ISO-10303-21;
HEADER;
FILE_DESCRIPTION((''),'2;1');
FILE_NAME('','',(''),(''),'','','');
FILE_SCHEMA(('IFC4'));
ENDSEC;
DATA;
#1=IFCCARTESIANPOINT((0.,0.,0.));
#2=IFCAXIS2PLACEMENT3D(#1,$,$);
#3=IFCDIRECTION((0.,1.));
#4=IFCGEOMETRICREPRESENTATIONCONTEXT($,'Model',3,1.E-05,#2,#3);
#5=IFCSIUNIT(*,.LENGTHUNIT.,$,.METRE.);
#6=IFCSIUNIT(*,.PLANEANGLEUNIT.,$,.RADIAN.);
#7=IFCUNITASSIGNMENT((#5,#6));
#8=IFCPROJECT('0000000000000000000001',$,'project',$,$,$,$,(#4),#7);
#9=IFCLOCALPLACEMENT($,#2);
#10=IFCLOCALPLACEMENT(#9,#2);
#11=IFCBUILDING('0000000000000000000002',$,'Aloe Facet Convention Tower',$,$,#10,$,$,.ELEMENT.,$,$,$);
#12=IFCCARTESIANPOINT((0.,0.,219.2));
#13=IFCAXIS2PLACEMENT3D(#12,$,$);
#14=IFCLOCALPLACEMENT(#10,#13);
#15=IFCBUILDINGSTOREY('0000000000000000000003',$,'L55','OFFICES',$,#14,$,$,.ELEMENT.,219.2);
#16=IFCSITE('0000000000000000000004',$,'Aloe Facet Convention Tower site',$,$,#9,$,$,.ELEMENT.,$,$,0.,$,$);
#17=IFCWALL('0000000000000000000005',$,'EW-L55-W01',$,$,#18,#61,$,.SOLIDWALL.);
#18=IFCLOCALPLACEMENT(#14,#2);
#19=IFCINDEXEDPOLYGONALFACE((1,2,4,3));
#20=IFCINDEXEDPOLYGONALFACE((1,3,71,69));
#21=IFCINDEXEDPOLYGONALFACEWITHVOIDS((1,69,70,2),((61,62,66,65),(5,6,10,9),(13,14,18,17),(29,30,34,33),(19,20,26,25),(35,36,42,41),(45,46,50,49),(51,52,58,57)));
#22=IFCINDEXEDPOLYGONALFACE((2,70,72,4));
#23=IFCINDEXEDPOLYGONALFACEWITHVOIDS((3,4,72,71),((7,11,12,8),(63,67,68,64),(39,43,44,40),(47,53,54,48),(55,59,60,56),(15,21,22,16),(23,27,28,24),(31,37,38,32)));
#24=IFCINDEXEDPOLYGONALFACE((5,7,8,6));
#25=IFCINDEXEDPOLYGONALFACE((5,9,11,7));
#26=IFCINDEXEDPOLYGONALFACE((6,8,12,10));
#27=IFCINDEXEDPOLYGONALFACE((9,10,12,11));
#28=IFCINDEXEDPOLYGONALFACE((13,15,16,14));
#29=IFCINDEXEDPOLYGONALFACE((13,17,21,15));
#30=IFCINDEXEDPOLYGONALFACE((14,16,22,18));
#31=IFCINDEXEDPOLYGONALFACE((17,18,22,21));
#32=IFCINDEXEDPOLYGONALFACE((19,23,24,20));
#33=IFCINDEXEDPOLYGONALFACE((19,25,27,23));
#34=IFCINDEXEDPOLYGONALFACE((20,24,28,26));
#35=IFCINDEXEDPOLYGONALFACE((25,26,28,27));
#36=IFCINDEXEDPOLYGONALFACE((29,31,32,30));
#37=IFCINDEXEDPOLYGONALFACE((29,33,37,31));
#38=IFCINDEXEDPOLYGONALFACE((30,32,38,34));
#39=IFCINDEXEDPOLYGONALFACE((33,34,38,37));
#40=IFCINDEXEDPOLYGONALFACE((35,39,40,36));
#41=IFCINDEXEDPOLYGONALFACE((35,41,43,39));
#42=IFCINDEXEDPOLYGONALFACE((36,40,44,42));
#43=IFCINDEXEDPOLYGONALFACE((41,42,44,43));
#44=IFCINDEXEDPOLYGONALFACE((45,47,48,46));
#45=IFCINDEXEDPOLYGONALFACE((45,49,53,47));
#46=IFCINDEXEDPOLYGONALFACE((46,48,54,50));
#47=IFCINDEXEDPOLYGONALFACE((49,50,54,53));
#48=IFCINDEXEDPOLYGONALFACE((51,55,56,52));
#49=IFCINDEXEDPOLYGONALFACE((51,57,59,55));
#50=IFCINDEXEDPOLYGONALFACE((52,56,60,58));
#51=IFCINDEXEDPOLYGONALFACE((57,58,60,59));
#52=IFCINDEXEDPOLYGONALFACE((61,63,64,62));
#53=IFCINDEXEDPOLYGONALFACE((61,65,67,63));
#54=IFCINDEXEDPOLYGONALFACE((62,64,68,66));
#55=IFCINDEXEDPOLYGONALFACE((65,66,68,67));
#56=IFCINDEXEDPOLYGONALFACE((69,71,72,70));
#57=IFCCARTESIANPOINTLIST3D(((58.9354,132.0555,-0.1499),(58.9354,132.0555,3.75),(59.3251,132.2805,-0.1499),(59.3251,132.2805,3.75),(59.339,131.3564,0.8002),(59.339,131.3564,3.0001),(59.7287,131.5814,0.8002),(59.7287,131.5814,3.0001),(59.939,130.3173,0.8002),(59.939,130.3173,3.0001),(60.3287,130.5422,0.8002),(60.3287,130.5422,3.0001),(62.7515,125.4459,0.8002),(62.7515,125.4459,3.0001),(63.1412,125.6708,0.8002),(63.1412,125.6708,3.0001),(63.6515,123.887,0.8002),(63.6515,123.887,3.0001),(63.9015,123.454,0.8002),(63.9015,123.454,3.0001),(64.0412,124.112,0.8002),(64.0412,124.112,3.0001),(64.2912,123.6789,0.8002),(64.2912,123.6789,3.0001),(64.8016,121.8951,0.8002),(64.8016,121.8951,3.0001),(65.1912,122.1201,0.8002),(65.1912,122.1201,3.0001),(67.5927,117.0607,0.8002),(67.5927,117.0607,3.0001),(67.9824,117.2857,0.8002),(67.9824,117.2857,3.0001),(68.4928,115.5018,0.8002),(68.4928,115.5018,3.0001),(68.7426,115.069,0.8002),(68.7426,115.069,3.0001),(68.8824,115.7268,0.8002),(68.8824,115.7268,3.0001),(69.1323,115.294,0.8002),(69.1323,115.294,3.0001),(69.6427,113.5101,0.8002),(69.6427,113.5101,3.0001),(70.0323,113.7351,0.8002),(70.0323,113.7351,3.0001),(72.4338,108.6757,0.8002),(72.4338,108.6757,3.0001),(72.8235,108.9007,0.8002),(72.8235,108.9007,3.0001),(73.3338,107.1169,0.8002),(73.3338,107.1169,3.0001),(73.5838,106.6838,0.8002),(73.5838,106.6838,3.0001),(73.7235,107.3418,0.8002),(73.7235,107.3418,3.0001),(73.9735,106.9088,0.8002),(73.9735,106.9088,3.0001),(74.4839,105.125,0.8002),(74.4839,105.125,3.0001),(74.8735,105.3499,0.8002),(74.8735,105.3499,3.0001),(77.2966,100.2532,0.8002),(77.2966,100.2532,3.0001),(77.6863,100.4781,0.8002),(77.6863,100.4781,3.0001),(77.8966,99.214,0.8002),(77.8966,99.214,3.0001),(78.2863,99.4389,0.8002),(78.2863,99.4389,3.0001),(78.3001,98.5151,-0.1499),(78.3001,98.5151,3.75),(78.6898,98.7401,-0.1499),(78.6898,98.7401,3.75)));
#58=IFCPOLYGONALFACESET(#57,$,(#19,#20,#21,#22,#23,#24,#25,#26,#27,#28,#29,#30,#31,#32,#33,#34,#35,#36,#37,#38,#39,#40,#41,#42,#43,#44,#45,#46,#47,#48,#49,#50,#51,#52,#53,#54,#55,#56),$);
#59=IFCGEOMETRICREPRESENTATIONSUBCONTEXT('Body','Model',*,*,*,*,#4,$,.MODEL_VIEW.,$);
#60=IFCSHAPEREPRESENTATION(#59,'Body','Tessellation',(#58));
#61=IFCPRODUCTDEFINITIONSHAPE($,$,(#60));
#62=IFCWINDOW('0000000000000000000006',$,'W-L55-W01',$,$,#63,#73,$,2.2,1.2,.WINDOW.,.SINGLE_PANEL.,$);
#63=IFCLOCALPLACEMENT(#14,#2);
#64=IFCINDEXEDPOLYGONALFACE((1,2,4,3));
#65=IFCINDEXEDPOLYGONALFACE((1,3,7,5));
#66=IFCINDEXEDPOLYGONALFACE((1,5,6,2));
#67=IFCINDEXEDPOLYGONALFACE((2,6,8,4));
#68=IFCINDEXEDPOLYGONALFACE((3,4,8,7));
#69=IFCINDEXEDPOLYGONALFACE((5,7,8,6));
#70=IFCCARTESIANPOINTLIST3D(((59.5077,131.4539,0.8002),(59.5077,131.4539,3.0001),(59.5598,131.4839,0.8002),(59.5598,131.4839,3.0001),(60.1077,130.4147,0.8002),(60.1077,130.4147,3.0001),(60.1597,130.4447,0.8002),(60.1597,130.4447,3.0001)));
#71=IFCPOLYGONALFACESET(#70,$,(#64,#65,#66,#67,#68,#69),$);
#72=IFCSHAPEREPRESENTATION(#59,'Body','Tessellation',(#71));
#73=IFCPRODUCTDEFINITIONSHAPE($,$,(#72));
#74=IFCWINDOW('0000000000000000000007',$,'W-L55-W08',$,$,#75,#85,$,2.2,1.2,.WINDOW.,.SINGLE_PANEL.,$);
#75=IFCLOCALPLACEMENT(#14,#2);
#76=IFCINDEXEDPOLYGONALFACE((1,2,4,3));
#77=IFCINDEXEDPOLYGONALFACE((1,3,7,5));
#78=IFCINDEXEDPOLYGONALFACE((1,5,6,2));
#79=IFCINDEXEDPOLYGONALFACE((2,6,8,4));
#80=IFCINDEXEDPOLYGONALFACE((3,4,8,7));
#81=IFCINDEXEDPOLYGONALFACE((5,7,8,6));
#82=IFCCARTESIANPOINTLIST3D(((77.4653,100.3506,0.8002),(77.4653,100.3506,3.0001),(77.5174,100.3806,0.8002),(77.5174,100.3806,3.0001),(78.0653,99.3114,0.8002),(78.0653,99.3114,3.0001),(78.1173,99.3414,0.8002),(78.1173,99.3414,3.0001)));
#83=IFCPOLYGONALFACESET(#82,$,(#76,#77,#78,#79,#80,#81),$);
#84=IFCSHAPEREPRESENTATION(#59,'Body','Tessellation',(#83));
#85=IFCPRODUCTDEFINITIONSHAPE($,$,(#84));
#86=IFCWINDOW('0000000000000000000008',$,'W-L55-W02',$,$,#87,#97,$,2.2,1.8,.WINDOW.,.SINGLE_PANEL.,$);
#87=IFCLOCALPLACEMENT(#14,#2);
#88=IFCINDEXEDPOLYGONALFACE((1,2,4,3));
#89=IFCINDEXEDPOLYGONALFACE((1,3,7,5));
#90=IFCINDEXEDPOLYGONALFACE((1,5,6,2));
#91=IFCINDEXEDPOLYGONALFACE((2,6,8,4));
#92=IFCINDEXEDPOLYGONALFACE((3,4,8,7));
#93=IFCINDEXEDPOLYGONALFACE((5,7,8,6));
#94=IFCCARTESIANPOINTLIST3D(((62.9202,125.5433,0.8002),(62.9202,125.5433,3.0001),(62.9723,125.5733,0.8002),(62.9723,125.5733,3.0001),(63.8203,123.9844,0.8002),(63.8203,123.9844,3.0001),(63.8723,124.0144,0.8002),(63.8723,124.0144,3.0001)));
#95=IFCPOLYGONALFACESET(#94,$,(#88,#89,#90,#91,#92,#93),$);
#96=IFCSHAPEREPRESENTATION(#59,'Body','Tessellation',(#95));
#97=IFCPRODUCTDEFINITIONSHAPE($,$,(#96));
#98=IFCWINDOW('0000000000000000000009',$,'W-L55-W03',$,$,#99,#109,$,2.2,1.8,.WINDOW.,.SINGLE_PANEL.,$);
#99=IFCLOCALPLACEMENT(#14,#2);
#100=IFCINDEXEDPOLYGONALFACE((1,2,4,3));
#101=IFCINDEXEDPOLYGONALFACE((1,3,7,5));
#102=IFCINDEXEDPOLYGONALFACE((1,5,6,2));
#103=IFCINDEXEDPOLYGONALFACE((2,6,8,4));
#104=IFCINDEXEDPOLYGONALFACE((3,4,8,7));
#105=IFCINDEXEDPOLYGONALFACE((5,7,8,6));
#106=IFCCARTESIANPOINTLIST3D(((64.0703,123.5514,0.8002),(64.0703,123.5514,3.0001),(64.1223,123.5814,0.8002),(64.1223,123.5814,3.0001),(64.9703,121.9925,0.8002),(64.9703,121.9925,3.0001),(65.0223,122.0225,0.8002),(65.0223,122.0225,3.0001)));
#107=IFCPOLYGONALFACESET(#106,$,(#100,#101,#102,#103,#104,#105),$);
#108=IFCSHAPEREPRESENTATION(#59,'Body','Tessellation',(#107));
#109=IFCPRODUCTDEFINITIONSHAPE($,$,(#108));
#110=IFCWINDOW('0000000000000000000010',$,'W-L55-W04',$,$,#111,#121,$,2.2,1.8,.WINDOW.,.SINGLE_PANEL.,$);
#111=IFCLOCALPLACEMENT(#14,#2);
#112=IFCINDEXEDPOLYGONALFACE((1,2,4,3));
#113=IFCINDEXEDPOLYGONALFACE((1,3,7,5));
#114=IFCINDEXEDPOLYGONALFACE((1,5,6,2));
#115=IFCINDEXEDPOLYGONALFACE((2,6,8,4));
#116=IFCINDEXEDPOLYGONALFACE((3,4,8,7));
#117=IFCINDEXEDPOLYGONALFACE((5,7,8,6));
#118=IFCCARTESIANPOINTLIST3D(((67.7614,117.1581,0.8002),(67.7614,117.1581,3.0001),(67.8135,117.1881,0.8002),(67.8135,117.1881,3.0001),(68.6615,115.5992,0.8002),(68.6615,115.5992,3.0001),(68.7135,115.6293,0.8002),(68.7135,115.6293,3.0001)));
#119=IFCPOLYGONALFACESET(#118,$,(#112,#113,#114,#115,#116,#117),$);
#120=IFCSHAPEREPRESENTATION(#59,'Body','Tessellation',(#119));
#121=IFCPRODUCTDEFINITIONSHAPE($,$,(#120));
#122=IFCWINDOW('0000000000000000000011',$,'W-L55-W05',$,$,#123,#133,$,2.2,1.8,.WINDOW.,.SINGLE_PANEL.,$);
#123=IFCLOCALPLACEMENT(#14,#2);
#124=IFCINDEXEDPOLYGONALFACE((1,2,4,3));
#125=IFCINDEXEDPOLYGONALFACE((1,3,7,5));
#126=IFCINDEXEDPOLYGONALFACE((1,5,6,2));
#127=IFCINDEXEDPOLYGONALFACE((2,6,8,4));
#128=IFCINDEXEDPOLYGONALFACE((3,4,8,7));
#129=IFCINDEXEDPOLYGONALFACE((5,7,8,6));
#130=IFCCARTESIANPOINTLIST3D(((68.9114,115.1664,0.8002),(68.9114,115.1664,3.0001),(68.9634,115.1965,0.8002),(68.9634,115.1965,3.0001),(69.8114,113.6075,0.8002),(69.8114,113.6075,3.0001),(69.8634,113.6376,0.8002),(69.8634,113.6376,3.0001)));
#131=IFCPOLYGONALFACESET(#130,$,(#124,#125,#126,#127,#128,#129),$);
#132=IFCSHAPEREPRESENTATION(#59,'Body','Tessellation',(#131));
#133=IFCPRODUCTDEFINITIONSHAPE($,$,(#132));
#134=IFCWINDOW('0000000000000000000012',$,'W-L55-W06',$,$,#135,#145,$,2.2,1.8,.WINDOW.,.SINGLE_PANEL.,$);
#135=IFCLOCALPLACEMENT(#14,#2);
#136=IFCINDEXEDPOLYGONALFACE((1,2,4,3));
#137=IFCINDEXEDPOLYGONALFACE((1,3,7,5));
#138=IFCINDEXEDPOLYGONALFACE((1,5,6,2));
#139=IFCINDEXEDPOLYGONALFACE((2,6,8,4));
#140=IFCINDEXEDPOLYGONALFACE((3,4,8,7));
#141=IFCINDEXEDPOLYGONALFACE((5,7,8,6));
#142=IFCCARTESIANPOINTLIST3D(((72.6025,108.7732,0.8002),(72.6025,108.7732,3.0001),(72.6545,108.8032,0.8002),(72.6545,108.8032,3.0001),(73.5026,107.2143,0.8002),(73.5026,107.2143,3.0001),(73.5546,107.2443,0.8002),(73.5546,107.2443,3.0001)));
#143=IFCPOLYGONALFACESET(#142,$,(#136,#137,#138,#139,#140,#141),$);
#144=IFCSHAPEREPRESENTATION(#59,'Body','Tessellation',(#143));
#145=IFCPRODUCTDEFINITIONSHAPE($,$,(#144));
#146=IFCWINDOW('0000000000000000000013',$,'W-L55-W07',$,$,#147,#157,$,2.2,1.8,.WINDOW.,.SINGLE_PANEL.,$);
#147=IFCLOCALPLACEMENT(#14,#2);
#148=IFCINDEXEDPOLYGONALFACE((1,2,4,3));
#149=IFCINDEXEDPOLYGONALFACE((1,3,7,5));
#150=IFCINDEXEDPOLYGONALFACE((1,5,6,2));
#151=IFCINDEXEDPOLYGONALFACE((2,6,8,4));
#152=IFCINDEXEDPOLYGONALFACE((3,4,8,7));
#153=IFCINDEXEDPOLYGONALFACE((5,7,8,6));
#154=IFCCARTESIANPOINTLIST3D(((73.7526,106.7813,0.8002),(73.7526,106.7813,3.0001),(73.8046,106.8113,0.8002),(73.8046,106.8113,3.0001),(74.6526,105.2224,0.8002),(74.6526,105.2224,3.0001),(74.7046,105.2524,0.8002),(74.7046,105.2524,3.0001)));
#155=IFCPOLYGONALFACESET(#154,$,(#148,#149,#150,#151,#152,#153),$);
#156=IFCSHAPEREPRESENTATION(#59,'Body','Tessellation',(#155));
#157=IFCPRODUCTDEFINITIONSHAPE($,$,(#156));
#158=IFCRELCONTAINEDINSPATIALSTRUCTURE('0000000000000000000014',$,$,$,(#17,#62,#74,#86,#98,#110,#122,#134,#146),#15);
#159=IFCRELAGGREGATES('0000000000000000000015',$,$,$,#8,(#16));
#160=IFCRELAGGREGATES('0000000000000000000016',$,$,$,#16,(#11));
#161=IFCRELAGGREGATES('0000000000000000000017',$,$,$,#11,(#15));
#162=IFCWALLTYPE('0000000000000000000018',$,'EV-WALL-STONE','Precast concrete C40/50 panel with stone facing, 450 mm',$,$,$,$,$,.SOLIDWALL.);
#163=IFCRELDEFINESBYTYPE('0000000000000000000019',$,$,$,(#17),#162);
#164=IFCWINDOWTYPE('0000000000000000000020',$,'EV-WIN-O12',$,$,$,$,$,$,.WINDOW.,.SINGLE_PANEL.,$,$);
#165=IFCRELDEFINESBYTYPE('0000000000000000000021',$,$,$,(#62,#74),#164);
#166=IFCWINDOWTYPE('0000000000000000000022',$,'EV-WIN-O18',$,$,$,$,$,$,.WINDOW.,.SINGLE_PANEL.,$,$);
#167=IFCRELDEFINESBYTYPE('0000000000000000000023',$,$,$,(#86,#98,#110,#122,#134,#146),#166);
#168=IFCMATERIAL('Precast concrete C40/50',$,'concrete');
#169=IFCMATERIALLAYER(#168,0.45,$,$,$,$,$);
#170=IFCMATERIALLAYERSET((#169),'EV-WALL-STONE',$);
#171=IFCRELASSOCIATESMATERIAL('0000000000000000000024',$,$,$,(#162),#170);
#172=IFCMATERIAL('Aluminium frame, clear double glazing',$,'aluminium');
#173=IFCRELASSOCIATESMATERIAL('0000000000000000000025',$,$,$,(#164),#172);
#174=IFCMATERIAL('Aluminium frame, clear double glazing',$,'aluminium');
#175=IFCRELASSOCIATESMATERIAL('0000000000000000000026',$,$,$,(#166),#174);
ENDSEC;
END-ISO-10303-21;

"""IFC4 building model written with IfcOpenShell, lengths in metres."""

from ifc_helpers import new_model, si_unit, direction, frame, frame_2d, origin, place, context, subcontext, project, spatial, polyline, rectangle, outline, extrude, material, layer, layer_set, type_object, element, fill, save


model = new_model("IFC4")

# Units and contexts
model_context = context("Model", 3, precision=1e-05, world=origin(), true_north=direction((0.0, 1.0)))
body_context = subcontext(model_context, "Body", "Model", "MODEL_VIEW")
ifc_project = project(units=[si_unit("LENGTHUNIT", "METRE"), si_unit("PLANEANGLEUNIT", "RADIAN")], contexts=[model_context])

# Site, building, storey
site_placement = place(None, origin())
site = spatial("IfcSite", under=ifc_project, at=site_placement, Name="Aloe Facet Convention Tower site", CompositionType="ELEMENT", RefElevation=0.0)
building_placement = place(site_placement, origin())
building = spatial("IfcBuilding", under=site, at=building_placement, Name="Aloe Facet Convention Tower", CompositionType="ELEMENT")
storey_placement = place(building_placement, frame((0.0, 0.0, 219.2)))
storey = spatial("IfcBuildingStorey", under=building, at=storey_placement, Name="L55", Description="OFFICES", CompositionType="ELEMENT", Elevation=219.2)

# Wall, openings, windows
ifc_material_1 = material(Name="Precast concrete C40/50", Category="concrete")
ifc_layer_1 = layer(ifc_material_1, 0.45)
ifc_layer_set_1 = layer_set([ifc_layer_1], Name="EV-WALL-STONE")
wall_type_1 = type_object("IfcWallType", Name="EV-WALL-STONE", Description="Precast concrete C40/50 panel with stone facing, 450 mm", PredefinedType="SOLIDWALL", material=ifc_layer_set_1)
wall_1_placement = place(storey_placement, frame((59.1301, 132.168, -0.1499), z_axis=(0.0, 0.0, 1.0), x_axis=(0.500002, -0.866024, 0.0)))
wall_1 = element("IfcWall", 1, at=wall_1_placement, inside=storey, type_object=wall_type_1, Name="EW-L55-W01", PredefinedType="SOLIDWALL", context=body_context, shape_type="SweptSolid", body=[
    extrude(outline(polyline([(38.7292, 0.0), (38.7292, 3.8999), (0.0, 3.8999), (0.0, 0.0), (38.7292, 0.0)])), frame((0.0, 0.2251, 0.0), z_axis=(0.0, -1.0, 0.0), x_axis=(1.0, 0.0, 0.0)), (0.0, 0.0, 1.0), 0.45),
])
opening_1_placement = place(wall_1_placement, frame((0.8071, 0.0, 0.95)))
opening_1 = element("IfcOpeningElement", 2, at=opening_1_placement, cuts=wall_1, PredefinedType="OPENING", context=body_context, shape_type="SweptSolid", body=[
    extrude(rectangle(XDim=1.2, YDim=2.2, at=frame_2d((0.6001, 1.1001))), frame((0.0, 0.2349, 0.0), z_axis=(0.0, -1.0, 0.0), x_axis=(1.0, 0.0, 0.0)), (0.0, 0.0, 1.0), 0.47),
])
opening_2_placement = place(wall_1_placement, frame((7.6323, 0.0, 0.95)))
opening_2 = element("IfcOpeningElement", 3, at=opening_2_placement, cuts=wall_1, PredefinedType="OPENING", context=body_context, shape_type="SweptSolid", body=[
    extrude(rectangle(XDim=1.8, YDim=2.2, at=frame_2d((0.8999, 1.1001))), frame((0.0, 0.2349, 0.0), z_axis=(0.0, -1.0, 0.0), x_axis=(1.0, 0.0, 0.0)), (0.0, 0.0, 1.0), 0.47),
])
opening_3_placement = place(wall_1_placement, frame((9.9324, 0.0, 0.95)))
opening_3 = element("IfcOpeningElement", 4, at=opening_3_placement, cuts=wall_1, PredefinedType="OPENING", context=body_context, shape_type="SweptSolid", body=[
    extrude(rectangle(XDim=1.8, YDim=2.2, at=frame_2d((0.8999, 1.1001))), frame((0.0, 0.2349, 0.0), z_axis=(0.0, -1.0, 0.0), x_axis=(1.0, 0.0, 0.0)), (0.0, 0.0, 1.0), 0.47),
])
opening_4_placement = place(wall_1_placement, frame((17.3147, 0.0, 0.95)))
opening_4 = element("IfcOpeningElement", 5, at=opening_4_placement, cuts=wall_1, PredefinedType="OPENING", context=body_context, shape_type="SweptSolid", body=[
    extrude(rectangle(XDim=1.8, YDim=2.2, at=frame_2d((0.8999, 1.1001))), frame((0.0, 0.2349, 0.0), z_axis=(0.0, -1.0, 0.0), x_axis=(1.0, 0.0, 0.0)), (0.0, 0.0, 1.0), 0.47),
])
opening_5_placement = place(wall_1_placement, frame((19.6145, 0.0, 0.95)))
opening_5 = element("IfcOpeningElement", 6, at=opening_5_placement, cuts=wall_1, PredefinedType="OPENING", context=body_context, shape_type="SweptSolid", body=[
    extrude(rectangle(XDim=1.8, YDim=2.2, at=frame_2d((0.8999, 1.1001))), frame((0.0, 0.2349, 0.0), z_axis=(0.0, -1.0, 0.0), x_axis=(1.0, 0.0, 0.0)), (0.0, 0.0, 1.0), 0.47),
])
opening_6_placement = place(wall_1_placement, frame((26.9968, 0.0, 0.95)))
opening_6 = element("IfcOpeningElement", 7, at=opening_6_placement, cuts=wall_1, PredefinedType="OPENING", context=body_context, shape_type="SweptSolid", body=[
    extrude(rectangle(XDim=1.8, YDim=2.2, at=frame_2d((0.8999, 1.1001))), frame((0.0, 0.2349, 0.0), z_axis=(0.0, -1.0, 0.0), x_axis=(1.0, 0.0, 0.0)), (0.0, 0.0, 1.0), 0.47),
])
opening_7_placement = place(wall_1_placement, frame((29.2969, 0.0, 0.95)))
opening_7 = element("IfcOpeningElement", 8, at=opening_7_placement, cuts=wall_1, PredefinedType="OPENING", context=body_context, shape_type="SweptSolid", body=[
    extrude(rectangle(XDim=1.8, YDim=2.2, at=frame_2d((0.8999, 1.1001))), frame((0.0, 0.2349, 0.0), z_axis=(0.0, -1.0, 0.0), x_axis=(1.0, 0.0, 0.0)), (0.0, 0.0, 1.0), 0.47),
])
opening_8_placement = place(wall_1_placement, frame((36.7222, 0.0, 0.95)))
opening_8 = element("IfcOpeningElement", 9, at=opening_8_placement, cuts=wall_1, PredefinedType="OPENING", context=body_context, shape_type="SweptSolid", body=[
    extrude(rectangle(XDim=1.2, YDim=2.2, at=frame_2d((0.6001, 1.1001))), frame((0.0, 0.2349, 0.0), z_axis=(0.0, -1.0, 0.0), x_axis=(1.0, 0.0, 0.0)), (0.0, 0.0, 1.0), 0.47),
])
ifc_material_2 = material(Name="Aluminium frame, clear double glazing", Category="aluminium")
window_type_1 = type_object("IfcWindowType", Name="EV-WIN-O12", PartitioningType="SINGLE_PANEL", PredefinedType="WINDOW", material=ifc_material_2)
window_1_placement = place(opening_1_placement, origin())
window_1 = element("IfcWindow", 10, at=window_1_placement, inside=storey, type_object=window_type_1, Name="W-L55-W01", OverallHeight=2.2, OverallWidth=1.2, PartitioningType="SINGLE_PANEL", PredefinedType="WINDOW", context=body_context, shape_type="SweptSolid", body=[
    extrude(rectangle(XDim=1.2, YDim=2.2, at=frame_2d((0.6001, 1.1001))), frame((0.0, 0.03, 0.0), z_axis=(0.0, -1.0, 0.0), x_axis=(1.0, 0.0, 0.0)), (0.0, 0.0, 1.0), 0.0601),
])
fill(opening_1, window_1)
window_2_placement = place(opening_8_placement, origin())
window_2 = element("IfcWindow", 11, at=window_2_placement, inside=storey, type_object=window_type_1, Name="W-L55-W08", OverallHeight=2.2, OverallWidth=1.2, PartitioningType="SINGLE_PANEL", PredefinedType="WINDOW", context=body_context, shape_type="SweptSolid", body=[
    extrude(rectangle(XDim=1.2, YDim=2.2, at=frame_2d((0.6001, 1.1001))), frame((0.0, 0.03, 0.0), z_axis=(0.0, -1.0, 0.0), x_axis=(1.0, 0.0, 0.0)), (0.0, 0.0, 1.0), 0.0601),
])
fill(opening_8, window_2)
ifc_material_3 = material(Name="Aluminium frame, clear double glazing", Category="aluminium")
window_type_2 = type_object("IfcWindowType", Name="EV-WIN-O18", PartitioningType="SINGLE_PANEL", PredefinedType="WINDOW", material=ifc_material_3)
window_3_placement = place(opening_2_placement, origin())
window_3 = element("IfcWindow", 12, at=window_3_placement, inside=storey, type_object=window_type_2, Name="W-L55-W02", OverallHeight=2.2, OverallWidth=1.8, PartitioningType="SINGLE_PANEL", PredefinedType="WINDOW", context=body_context, shape_type="SweptSolid", body=[
    extrude(rectangle(XDim=1.8, YDim=2.2, at=frame_2d((0.8999, 1.1001))), frame((0.0, 0.03, 0.0), z_axis=(0.0, -1.0, 0.0), x_axis=(1.0, 0.0, 0.0)), (0.0, 0.0, 1.0), 0.0601),
])
fill(opening_2, window_3)
window_4_placement = place(opening_3_placement, origin())
window_4 = element("IfcWindow", 13, at=window_4_placement, inside=storey, type_object=window_type_2, Name="W-L55-W03", OverallHeight=2.2, OverallWidth=1.8, PartitioningType="SINGLE_PANEL", PredefinedType="WINDOW", context=body_context, shape_type="SweptSolid", body=[
    extrude(rectangle(XDim=1.8, YDim=2.2, at=frame_2d((0.8999, 1.1001))), frame((0.0, 0.03, 0.0), z_axis=(0.0, -1.0, 0.0), x_axis=(1.0, 0.0, 0.0)), (0.0, 0.0, 1.0), 0.0601),
])
fill(opening_3, window_4)
window_5_placement = place(opening_4_placement, origin())
window_5 = element("IfcWindow", 14, at=window_5_placement, inside=storey, type_object=window_type_2, Name="W-L55-W04", OverallHeight=2.2, OverallWidth=1.8, PartitioningType="SINGLE_PANEL", PredefinedType="WINDOW", context=body_context, shape_type="SweptSolid", body=[
    extrude(rectangle(XDim=1.8, YDim=2.2, at=frame_2d((0.8999, 1.1001))), frame((0.0, 0.03, 0.0), z_axis=(0.0, -1.0, 0.0), x_axis=(1.0, 0.0, 0.0)), (0.0, 0.0, 1.0), 0.0601),
])
fill(opening_4, window_5)
window_6_placement = place(opening_5_placement, origin())
window_6 = element("IfcWindow", 15, at=window_6_placement, inside=storey, type_object=window_type_2, Name="W-L55-W05", OverallHeight=2.2, OverallWidth=1.8, PartitioningType="SINGLE_PANEL", PredefinedType="WINDOW", context=body_context, shape_type="SweptSolid", body=[
    extrude(rectangle(XDim=1.8, YDim=2.2, at=frame_2d((0.8999, 1.1001))), frame((0.0, 0.03, 0.0), z_axis=(0.0, -1.0, 0.0), x_axis=(1.0, 0.0, 0.0)), (0.0, 0.0, 1.0), 0.0601),
])
fill(opening_5, window_6)
window_7_placement = place(opening_6_placement, origin())
window_7 = element("IfcWindow", 16, at=window_7_placement, inside=storey, type_object=window_type_2, Name="W-L55-W06", OverallHeight=2.2, OverallWidth=1.8, PartitioningType="SINGLE_PANEL", PredefinedType="WINDOW", context=body_context, shape_type="SweptSolid", body=[
    extrude(rectangle(XDim=1.8, YDim=2.2, at=frame_2d((0.8999, 1.1001))), frame((0.0, 0.03, 0.0), z_axis=(0.0, -1.0, 0.0), x_axis=(1.0, 0.0, 0.0)), (0.0, 0.0, 1.0), 0.0601),
])
fill(opening_6, window_7)
window_8_placement = place(opening_7_placement, origin())
window_8 = element("IfcWindow", 17, at=window_8_placement, inside=storey, type_object=window_type_2, Name="W-L55-W07", OverallHeight=2.2, OverallWidth=1.8, PartitioningType="SINGLE_PANEL", PredefinedType="WINDOW", context=body_context, shape_type="SweptSolid", body=[
    extrude(rectangle(XDim=1.8, YDim=2.2, at=frame_2d((0.8999, 1.1001))), frame((0.0, 0.03, 0.0), z_axis=(0.0, -1.0, 0.0), x_axis=(1.0, 0.0, 0.0)), (0.0, 0.0, 1.0), 0.0601),
])
fill(opening_7, window_8)

save(model, "model.ifc")
